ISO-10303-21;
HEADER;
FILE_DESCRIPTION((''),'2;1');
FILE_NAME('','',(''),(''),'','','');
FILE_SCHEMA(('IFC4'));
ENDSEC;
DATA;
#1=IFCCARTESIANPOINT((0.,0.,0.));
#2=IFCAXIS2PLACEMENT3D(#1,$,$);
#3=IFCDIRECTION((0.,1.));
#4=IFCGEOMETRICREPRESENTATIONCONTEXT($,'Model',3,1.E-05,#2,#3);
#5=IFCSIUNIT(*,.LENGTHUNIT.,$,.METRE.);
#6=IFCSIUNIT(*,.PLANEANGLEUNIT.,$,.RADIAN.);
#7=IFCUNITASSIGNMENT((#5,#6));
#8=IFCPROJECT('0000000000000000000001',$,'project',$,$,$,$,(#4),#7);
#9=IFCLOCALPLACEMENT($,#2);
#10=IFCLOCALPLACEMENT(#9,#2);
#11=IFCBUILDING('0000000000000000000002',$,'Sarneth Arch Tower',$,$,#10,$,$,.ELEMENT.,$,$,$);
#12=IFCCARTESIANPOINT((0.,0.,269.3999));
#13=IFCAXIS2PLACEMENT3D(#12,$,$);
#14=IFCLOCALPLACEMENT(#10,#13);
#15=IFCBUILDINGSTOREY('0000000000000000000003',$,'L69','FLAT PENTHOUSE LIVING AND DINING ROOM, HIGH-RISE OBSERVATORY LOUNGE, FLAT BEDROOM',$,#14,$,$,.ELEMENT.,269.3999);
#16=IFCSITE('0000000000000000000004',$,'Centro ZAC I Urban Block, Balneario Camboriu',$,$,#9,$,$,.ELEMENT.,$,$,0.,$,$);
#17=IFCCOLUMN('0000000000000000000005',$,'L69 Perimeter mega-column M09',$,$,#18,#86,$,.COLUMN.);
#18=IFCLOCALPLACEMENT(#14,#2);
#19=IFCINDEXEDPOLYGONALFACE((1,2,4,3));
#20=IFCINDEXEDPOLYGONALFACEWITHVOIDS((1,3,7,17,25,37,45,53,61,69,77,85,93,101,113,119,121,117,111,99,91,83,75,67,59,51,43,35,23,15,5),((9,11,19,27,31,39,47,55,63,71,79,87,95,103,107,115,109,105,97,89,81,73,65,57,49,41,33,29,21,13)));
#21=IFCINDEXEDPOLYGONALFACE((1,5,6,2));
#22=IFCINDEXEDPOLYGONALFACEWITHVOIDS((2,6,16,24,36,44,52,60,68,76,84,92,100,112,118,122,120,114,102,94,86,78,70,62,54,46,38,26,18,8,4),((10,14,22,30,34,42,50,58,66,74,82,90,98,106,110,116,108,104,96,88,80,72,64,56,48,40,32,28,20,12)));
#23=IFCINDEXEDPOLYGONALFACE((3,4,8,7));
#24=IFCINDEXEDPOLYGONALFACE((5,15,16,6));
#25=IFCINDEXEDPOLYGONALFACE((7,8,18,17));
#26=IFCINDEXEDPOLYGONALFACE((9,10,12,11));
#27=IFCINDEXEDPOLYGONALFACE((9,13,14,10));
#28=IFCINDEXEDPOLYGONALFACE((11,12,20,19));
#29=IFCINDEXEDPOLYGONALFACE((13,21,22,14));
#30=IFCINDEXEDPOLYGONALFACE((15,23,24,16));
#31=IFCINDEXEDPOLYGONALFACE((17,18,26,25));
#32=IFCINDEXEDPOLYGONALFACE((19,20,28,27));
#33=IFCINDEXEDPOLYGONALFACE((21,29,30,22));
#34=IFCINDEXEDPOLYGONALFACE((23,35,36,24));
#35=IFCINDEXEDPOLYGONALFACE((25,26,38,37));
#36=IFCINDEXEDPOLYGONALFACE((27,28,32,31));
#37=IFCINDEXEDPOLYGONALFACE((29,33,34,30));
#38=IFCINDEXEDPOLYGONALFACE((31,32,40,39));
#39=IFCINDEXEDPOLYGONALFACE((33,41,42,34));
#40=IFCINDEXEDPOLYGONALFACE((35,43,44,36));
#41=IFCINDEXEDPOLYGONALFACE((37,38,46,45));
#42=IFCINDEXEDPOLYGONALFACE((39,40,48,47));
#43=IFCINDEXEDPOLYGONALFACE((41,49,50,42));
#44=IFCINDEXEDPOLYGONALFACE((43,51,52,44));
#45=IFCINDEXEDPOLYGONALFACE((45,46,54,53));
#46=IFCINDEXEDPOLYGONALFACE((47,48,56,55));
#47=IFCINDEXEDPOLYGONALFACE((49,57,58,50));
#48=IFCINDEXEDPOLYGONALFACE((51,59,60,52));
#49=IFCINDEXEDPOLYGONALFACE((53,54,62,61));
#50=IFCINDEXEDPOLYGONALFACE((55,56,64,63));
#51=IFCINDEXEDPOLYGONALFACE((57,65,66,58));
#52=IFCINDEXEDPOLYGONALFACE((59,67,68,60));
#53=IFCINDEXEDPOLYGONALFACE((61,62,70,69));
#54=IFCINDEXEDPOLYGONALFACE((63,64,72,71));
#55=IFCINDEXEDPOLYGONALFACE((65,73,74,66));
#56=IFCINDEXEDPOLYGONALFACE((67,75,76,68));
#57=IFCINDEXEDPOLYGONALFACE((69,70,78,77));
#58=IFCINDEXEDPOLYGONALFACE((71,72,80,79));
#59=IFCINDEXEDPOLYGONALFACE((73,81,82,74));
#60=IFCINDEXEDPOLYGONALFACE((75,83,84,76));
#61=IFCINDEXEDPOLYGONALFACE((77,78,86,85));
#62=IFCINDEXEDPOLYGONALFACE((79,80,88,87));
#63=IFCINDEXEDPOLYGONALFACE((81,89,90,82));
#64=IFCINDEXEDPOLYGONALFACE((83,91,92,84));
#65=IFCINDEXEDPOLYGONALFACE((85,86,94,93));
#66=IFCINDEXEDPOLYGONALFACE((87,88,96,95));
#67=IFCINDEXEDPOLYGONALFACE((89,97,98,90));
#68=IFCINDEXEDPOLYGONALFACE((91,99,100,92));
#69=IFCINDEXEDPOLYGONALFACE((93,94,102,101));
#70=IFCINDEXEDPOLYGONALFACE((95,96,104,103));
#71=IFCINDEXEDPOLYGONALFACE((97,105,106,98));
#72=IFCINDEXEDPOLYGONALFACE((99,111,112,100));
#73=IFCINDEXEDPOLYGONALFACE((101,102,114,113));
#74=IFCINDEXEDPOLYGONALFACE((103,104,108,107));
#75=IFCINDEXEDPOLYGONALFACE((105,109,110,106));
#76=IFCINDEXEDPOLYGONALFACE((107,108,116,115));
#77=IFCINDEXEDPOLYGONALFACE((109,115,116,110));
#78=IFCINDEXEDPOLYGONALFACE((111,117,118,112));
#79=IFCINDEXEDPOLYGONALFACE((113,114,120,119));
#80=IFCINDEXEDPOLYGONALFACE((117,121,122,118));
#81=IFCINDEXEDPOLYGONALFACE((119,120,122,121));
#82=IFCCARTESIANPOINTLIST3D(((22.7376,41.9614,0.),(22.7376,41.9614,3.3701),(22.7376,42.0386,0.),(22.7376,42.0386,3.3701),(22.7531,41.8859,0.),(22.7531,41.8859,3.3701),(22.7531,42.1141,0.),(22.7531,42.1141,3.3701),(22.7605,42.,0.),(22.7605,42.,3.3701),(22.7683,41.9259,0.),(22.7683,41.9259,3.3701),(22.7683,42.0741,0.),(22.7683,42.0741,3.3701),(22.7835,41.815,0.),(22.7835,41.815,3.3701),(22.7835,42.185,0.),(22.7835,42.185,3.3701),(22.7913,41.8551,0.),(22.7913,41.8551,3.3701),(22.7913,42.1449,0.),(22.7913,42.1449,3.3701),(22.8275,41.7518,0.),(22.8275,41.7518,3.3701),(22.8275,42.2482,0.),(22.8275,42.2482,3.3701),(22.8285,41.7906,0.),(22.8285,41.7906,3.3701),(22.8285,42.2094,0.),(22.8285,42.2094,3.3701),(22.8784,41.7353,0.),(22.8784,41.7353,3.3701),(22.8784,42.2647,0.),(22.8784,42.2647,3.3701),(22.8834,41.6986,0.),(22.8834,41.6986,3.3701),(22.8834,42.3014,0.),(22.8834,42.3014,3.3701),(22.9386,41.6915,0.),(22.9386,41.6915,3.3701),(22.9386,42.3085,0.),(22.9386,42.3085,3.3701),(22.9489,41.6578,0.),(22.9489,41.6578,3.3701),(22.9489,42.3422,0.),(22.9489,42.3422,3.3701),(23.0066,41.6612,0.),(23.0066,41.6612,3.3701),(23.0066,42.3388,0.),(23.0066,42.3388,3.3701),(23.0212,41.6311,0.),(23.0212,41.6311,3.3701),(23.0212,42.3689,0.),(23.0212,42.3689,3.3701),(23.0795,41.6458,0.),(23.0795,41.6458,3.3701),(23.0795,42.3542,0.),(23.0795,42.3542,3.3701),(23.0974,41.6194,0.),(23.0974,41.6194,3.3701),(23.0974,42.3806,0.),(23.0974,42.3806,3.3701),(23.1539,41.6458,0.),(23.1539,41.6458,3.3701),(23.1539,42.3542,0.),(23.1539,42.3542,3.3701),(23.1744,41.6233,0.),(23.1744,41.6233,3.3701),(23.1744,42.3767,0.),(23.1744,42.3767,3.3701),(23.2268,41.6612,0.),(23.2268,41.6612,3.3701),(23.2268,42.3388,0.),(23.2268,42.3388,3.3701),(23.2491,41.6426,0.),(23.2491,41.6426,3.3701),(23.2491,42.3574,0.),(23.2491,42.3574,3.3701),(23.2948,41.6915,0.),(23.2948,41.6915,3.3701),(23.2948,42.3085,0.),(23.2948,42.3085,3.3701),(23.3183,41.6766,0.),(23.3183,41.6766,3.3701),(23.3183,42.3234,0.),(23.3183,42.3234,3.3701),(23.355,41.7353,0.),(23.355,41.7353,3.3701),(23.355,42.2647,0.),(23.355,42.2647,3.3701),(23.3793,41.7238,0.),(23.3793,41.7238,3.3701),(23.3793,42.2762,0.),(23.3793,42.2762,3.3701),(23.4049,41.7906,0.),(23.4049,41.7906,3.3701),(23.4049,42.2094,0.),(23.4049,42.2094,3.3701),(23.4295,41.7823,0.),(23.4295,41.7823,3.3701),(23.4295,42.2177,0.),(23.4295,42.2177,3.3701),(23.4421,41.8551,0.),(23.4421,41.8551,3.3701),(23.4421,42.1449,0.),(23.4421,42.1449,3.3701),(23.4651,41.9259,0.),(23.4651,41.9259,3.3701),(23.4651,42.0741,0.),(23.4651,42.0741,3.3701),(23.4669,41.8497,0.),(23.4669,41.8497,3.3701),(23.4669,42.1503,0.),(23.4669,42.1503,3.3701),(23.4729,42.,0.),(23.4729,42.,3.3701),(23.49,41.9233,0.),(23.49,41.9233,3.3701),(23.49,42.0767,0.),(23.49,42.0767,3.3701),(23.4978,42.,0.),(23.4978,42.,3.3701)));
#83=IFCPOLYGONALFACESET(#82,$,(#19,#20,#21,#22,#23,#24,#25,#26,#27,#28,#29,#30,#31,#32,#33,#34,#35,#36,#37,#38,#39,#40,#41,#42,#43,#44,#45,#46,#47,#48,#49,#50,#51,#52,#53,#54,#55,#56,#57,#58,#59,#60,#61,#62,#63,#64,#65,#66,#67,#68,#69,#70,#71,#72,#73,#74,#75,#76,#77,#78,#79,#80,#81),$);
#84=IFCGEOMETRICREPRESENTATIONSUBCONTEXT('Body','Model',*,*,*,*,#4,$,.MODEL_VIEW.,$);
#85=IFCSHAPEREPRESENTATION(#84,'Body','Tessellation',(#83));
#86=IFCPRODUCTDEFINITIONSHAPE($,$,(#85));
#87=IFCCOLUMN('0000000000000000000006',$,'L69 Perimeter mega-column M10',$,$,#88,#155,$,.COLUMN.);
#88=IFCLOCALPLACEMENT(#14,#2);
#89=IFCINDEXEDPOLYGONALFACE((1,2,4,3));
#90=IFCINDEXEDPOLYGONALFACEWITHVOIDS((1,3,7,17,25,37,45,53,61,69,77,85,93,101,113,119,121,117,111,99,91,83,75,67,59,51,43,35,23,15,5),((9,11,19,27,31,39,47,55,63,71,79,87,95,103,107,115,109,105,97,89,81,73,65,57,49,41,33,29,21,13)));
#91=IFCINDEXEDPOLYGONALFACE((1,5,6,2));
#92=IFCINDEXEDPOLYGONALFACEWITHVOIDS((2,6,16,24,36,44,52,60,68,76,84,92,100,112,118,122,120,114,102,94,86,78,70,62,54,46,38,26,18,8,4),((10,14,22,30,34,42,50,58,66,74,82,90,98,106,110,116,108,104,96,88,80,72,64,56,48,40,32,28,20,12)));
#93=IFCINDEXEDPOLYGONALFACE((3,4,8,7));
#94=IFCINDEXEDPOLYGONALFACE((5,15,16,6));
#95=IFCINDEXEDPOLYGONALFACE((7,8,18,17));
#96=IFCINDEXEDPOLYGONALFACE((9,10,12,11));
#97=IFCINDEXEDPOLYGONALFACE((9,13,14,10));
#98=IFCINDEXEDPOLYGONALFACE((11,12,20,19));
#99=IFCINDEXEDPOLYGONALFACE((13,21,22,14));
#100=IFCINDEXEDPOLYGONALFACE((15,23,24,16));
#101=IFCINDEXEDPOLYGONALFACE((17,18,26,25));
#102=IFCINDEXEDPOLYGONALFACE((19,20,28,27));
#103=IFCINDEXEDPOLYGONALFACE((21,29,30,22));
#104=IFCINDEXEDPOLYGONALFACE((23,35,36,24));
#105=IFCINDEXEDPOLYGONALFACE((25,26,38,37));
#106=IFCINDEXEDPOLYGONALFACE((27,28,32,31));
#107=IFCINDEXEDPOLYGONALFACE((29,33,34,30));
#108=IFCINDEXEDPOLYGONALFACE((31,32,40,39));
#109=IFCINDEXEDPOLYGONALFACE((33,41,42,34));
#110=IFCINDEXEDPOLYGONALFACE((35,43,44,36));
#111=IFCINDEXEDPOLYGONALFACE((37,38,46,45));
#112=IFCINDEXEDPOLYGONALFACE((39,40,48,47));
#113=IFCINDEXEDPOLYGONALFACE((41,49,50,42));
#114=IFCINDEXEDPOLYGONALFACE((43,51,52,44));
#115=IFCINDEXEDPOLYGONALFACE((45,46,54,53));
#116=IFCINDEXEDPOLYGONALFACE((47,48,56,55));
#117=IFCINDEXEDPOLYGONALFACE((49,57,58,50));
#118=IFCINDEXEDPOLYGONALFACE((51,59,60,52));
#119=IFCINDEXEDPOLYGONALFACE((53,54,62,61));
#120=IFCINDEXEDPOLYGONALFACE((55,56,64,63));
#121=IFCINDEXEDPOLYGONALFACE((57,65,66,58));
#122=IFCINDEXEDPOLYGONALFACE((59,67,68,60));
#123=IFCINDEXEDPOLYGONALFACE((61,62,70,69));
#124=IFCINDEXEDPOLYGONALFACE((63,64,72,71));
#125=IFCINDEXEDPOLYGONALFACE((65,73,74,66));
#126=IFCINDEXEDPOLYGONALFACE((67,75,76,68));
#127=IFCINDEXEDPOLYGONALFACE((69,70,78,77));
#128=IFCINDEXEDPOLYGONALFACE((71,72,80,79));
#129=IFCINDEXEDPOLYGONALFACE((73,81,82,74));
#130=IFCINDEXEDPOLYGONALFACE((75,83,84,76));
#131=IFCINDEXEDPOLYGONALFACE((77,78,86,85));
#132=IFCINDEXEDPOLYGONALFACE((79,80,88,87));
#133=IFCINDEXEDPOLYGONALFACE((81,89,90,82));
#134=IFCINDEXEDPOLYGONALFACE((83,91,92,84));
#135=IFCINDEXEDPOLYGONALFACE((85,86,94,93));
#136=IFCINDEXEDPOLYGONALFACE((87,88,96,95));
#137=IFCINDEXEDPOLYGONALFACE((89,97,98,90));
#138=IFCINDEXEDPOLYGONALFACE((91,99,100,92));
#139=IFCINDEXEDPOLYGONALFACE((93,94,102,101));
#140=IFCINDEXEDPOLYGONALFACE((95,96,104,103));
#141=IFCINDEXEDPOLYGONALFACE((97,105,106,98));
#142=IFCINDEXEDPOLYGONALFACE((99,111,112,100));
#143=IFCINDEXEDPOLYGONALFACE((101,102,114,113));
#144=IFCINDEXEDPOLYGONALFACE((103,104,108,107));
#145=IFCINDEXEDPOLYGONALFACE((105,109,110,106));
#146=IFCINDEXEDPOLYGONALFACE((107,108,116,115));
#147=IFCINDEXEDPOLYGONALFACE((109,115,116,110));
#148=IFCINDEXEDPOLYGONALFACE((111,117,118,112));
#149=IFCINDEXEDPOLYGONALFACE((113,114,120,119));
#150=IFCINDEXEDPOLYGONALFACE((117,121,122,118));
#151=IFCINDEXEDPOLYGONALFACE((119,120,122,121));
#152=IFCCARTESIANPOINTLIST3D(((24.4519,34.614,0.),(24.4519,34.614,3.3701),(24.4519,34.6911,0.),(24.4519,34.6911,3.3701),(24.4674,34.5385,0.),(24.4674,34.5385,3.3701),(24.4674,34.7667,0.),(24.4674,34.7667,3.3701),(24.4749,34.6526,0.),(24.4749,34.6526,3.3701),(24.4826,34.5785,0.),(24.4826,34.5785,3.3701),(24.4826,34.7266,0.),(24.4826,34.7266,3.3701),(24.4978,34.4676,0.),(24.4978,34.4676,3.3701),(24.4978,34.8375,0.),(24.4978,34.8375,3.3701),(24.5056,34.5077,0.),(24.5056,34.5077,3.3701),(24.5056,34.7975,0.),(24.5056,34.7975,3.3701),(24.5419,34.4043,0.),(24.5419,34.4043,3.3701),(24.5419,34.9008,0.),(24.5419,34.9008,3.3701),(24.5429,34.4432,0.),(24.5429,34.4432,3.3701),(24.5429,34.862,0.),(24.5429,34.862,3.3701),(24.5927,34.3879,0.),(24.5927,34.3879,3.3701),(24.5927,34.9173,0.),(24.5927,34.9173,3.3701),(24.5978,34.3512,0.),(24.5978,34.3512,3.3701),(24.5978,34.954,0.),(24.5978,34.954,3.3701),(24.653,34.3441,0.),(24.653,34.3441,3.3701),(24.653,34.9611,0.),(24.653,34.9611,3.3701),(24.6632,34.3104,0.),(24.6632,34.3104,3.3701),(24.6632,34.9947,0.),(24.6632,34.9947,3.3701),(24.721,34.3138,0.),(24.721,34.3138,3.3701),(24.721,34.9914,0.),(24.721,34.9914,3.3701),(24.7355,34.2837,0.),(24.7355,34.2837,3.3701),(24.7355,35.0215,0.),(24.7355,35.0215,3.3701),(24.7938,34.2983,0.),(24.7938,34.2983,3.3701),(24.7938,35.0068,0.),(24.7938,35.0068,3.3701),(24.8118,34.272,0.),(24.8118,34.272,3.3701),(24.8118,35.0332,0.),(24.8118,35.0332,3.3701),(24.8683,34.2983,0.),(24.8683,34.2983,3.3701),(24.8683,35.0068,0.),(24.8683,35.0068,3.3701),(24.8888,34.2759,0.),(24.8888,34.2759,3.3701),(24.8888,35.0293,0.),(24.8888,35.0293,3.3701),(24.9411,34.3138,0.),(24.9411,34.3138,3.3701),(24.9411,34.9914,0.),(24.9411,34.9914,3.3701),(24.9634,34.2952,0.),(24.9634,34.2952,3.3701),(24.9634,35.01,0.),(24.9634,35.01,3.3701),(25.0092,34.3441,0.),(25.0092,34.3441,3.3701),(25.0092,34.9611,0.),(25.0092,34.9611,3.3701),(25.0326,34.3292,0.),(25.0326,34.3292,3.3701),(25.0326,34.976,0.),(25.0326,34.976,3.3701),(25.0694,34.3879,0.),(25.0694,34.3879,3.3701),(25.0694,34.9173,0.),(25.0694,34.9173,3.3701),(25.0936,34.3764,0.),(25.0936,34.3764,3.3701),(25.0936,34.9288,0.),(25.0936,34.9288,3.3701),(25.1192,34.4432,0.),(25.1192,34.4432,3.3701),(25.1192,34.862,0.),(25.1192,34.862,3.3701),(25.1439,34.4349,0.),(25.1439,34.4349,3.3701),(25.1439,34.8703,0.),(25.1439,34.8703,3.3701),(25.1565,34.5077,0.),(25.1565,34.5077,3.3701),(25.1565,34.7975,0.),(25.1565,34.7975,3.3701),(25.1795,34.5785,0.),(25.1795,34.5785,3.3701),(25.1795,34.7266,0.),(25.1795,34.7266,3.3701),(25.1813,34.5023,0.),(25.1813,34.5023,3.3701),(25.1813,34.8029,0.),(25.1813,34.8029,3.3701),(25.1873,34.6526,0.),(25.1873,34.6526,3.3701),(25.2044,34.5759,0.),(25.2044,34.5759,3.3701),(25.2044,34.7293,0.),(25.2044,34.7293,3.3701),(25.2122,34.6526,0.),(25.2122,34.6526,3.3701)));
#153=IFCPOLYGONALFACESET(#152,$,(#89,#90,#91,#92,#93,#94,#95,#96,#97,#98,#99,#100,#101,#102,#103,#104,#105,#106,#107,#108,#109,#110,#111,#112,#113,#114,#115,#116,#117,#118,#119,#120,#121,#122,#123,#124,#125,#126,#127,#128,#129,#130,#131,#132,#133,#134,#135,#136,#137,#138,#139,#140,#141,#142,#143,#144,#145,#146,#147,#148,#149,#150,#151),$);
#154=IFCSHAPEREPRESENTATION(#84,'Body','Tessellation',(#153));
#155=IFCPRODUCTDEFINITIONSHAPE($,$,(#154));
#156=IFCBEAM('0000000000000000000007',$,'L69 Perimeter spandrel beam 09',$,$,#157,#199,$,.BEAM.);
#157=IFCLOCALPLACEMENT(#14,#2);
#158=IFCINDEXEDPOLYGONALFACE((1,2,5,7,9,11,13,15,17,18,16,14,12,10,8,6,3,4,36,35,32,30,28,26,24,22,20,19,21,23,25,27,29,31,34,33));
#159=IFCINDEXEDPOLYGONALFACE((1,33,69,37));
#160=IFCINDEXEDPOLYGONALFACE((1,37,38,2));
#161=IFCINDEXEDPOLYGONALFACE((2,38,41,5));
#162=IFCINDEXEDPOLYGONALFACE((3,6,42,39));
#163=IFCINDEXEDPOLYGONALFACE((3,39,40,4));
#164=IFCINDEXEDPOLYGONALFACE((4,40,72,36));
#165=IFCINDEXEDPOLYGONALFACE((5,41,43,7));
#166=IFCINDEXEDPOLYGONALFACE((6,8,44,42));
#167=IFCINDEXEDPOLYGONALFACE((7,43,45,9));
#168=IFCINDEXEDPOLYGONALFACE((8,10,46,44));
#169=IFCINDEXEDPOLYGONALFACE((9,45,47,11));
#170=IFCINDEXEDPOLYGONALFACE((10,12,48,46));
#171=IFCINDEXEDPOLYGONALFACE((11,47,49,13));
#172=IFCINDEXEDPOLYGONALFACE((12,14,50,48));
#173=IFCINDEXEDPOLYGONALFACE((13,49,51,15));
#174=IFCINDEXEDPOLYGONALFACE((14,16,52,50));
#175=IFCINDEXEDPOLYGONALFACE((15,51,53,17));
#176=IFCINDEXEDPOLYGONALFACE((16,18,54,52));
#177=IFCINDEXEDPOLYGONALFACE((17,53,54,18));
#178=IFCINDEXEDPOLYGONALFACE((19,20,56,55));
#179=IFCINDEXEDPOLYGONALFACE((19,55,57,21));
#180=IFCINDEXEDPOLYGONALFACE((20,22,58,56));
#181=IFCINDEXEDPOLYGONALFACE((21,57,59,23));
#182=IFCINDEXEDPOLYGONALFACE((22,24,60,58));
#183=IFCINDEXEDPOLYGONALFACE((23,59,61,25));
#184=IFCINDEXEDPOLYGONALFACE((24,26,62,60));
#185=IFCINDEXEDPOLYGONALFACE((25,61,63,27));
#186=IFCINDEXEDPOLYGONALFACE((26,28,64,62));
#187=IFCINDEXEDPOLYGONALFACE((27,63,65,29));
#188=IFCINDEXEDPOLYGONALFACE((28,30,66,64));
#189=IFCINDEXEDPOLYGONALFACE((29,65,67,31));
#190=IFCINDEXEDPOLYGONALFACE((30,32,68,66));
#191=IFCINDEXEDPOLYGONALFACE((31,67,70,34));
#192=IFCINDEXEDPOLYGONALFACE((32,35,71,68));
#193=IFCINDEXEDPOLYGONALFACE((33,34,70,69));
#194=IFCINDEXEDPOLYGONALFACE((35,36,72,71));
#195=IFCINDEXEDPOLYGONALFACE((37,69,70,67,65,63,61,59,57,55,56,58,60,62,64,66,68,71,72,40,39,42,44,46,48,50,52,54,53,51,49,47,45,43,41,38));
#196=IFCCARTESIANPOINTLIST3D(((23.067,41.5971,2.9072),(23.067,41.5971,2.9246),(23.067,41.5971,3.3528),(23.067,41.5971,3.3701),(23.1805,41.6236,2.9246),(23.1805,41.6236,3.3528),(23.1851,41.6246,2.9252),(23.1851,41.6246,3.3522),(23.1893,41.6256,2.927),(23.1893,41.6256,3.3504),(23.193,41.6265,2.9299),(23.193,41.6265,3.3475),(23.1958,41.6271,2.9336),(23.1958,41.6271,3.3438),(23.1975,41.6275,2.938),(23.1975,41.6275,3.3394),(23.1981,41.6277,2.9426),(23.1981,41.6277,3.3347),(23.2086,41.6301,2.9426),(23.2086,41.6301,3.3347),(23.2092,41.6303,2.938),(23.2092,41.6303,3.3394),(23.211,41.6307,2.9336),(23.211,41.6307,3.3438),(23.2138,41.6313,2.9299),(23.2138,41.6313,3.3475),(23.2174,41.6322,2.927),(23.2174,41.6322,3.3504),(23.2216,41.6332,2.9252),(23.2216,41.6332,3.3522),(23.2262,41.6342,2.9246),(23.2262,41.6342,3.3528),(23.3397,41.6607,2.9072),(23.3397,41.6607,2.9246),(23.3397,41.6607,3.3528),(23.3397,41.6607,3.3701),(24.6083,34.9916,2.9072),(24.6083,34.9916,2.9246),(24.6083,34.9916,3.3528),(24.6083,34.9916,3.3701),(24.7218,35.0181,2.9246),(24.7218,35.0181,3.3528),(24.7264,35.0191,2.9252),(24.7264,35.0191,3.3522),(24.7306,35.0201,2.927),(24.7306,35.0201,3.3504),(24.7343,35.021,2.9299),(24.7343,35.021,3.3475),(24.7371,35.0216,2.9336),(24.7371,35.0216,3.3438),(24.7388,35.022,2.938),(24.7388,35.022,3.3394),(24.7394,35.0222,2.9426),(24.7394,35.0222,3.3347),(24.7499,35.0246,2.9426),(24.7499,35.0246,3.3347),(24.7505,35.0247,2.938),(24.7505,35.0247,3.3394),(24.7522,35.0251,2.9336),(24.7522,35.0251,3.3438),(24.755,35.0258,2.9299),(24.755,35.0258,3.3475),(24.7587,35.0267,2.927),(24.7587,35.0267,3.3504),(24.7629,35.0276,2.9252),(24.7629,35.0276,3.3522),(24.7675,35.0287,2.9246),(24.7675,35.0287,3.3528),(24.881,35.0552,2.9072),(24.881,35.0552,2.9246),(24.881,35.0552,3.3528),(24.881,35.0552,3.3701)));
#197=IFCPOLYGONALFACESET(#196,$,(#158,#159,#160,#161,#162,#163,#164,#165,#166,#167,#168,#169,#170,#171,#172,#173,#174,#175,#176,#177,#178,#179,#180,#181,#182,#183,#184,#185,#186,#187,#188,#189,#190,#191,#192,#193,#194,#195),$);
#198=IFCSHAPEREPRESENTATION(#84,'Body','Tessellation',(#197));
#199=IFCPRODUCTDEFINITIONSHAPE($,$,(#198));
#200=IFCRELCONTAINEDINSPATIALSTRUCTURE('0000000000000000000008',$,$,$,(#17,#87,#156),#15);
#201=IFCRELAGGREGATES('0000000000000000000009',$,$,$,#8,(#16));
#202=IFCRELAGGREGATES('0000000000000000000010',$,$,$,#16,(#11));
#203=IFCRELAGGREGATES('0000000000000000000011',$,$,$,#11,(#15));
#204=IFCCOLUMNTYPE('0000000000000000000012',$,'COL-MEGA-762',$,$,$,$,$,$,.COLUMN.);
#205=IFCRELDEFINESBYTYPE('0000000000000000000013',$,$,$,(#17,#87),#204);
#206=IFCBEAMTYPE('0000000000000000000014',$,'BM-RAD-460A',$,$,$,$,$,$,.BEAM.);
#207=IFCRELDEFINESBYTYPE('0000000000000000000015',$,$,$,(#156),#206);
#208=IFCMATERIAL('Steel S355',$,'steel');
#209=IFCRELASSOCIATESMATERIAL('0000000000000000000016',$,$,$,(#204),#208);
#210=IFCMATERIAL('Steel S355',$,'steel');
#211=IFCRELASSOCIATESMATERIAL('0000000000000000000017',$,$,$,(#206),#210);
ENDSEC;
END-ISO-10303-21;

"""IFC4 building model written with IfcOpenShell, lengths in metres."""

from ifc_helpers import new_model, si_unit, direction, frame, origin, origin_2d, place, context, subcontext, project, spatial, hollow_circle, i_section, extrude, material, material_profile, profile_set, type_object, element, save


model = new_model("IFC4")

# Units and contexts
model_context = context("Model", 3, precision=1e-05, world=origin(), true_north=direction((0.0, 1.0)))
body_context = subcontext(model_context, "Body", "Model", "MODEL_VIEW")
ifc_project = project(units=[si_unit("LENGTHUNIT", "METRE"), si_unit("PLANEANGLEUNIT", "RADIAN")], contexts=[model_context])

# Site, building, storey
site_placement = place(None, origin())
site = spatial("IfcSite", under=ifc_project, at=site_placement, Name="Centro ZAC I Urban Block, Balneario Camboriu", CompositionType="ELEMENT", RefElevation=0.0)
building_placement = place(site_placement, origin())
building = spatial("IfcBuilding", under=site, at=building_placement, Name="Sarneth Arch Tower", CompositionType="ELEMENT")
storey_placement = place(building_placement, frame((0.0, 0.0, 269.3999)))
storey = spatial("IfcBuildingStorey", under=building, at=storey_placement, Name="L69", Description="FLAT PENTHOUSE LIVING AND DINING ROOM, HIGH-RISE OBSERVATORY LOUNGE, FLAT BEDROOM", CompositionType="ELEMENT", Elevation=269.3999)

# Columns
ifc_material_1 = material(Name="Steel S355", Category="steel")
ifc_material_profile_1 = material_profile(ifc_material_1, hollow_circle(Radius=0.3811, WallThickness=0.0249, at=origin_2d()), Name="CHS762x25")
ifc_profile_set_1 = profile_set([ifc_material_profile_1], Name="Steel S355")
column_type = type_object("IfcColumnType", Name="COL-MEGA-762", PredefinedType="COLUMN", material=ifc_profile_set_1)
for number, where, z_axis, x_axis, name in (
    (1, (23.1167, 42.0, 0.0), (0.0, 0.0, 1.0), (1.0, 0.0, 0.0), "L69 Perimeter mega-column M09"),
    (2, (24.8311, 34.6526, 0.0), (0.0, 0.0, 1.0), (1.0, 0.0, 0.0), "L69 Perimeter mega-column M10"),
):
    element("IfcColumn", number, at=place(storey_placement, frame(where, z_axis=z_axis, x_axis=x_axis)), inside=storey, type_object=column_type, Name=name, PredefinedType="COLUMN", context=body_context, shape_type="SweptSolid", body=[
        extrude(hollow_circle(Radius=0.3811, WallThickness=0.0249, at=origin_2d()), origin(), (0.0, 0.0, 1.0), 3.3701),
    ])

# Beam
ifc_material_2 = material(Name="Steel S355", Category="steel")
ifc_material_profile_2 = material_profile(ifc_material_2, i_section(OverallWidth=0.28, OverallDepth=0.4629, WebThickness=0.0107, FlangeThickness=0.0173, FilletRadius=0.0181, at=origin_2d()), Name="W460x113")
ifc_profile_set_2 = profile_set([ifc_material_profile_2], Name="Steel S355")
beam_type = type_object("IfcBeamType", Name="BM-RAD-460A", PredefinedType="BEAM", material=ifc_profile_set_2)
beam_1_placement = place(storey_placement, frame((23.2034, 41.6289, 3.1387), z_axis=(0.227227, -0.973842, 0.0), x_axis=(0.973842, 0.227227, 0.0)))
element("IfcBeam", 3, at=beam_1_placement, inside=storey, type_object=beam_type, Name="L69 Perimeter spandrel beam 09", PredefinedType="BEAM", context=body_context, shape_type="SweptSolid", body=[
    extrude(i_section(OverallWidth=0.28, OverallDepth=0.4629, WebThickness=0.0107, FlangeThickness=0.0173, FilletRadius=0.0181, at=origin_2d()), origin(), (0.0, 0.0, 1.0), 6.783),
])

save(model, "model.ifc")
